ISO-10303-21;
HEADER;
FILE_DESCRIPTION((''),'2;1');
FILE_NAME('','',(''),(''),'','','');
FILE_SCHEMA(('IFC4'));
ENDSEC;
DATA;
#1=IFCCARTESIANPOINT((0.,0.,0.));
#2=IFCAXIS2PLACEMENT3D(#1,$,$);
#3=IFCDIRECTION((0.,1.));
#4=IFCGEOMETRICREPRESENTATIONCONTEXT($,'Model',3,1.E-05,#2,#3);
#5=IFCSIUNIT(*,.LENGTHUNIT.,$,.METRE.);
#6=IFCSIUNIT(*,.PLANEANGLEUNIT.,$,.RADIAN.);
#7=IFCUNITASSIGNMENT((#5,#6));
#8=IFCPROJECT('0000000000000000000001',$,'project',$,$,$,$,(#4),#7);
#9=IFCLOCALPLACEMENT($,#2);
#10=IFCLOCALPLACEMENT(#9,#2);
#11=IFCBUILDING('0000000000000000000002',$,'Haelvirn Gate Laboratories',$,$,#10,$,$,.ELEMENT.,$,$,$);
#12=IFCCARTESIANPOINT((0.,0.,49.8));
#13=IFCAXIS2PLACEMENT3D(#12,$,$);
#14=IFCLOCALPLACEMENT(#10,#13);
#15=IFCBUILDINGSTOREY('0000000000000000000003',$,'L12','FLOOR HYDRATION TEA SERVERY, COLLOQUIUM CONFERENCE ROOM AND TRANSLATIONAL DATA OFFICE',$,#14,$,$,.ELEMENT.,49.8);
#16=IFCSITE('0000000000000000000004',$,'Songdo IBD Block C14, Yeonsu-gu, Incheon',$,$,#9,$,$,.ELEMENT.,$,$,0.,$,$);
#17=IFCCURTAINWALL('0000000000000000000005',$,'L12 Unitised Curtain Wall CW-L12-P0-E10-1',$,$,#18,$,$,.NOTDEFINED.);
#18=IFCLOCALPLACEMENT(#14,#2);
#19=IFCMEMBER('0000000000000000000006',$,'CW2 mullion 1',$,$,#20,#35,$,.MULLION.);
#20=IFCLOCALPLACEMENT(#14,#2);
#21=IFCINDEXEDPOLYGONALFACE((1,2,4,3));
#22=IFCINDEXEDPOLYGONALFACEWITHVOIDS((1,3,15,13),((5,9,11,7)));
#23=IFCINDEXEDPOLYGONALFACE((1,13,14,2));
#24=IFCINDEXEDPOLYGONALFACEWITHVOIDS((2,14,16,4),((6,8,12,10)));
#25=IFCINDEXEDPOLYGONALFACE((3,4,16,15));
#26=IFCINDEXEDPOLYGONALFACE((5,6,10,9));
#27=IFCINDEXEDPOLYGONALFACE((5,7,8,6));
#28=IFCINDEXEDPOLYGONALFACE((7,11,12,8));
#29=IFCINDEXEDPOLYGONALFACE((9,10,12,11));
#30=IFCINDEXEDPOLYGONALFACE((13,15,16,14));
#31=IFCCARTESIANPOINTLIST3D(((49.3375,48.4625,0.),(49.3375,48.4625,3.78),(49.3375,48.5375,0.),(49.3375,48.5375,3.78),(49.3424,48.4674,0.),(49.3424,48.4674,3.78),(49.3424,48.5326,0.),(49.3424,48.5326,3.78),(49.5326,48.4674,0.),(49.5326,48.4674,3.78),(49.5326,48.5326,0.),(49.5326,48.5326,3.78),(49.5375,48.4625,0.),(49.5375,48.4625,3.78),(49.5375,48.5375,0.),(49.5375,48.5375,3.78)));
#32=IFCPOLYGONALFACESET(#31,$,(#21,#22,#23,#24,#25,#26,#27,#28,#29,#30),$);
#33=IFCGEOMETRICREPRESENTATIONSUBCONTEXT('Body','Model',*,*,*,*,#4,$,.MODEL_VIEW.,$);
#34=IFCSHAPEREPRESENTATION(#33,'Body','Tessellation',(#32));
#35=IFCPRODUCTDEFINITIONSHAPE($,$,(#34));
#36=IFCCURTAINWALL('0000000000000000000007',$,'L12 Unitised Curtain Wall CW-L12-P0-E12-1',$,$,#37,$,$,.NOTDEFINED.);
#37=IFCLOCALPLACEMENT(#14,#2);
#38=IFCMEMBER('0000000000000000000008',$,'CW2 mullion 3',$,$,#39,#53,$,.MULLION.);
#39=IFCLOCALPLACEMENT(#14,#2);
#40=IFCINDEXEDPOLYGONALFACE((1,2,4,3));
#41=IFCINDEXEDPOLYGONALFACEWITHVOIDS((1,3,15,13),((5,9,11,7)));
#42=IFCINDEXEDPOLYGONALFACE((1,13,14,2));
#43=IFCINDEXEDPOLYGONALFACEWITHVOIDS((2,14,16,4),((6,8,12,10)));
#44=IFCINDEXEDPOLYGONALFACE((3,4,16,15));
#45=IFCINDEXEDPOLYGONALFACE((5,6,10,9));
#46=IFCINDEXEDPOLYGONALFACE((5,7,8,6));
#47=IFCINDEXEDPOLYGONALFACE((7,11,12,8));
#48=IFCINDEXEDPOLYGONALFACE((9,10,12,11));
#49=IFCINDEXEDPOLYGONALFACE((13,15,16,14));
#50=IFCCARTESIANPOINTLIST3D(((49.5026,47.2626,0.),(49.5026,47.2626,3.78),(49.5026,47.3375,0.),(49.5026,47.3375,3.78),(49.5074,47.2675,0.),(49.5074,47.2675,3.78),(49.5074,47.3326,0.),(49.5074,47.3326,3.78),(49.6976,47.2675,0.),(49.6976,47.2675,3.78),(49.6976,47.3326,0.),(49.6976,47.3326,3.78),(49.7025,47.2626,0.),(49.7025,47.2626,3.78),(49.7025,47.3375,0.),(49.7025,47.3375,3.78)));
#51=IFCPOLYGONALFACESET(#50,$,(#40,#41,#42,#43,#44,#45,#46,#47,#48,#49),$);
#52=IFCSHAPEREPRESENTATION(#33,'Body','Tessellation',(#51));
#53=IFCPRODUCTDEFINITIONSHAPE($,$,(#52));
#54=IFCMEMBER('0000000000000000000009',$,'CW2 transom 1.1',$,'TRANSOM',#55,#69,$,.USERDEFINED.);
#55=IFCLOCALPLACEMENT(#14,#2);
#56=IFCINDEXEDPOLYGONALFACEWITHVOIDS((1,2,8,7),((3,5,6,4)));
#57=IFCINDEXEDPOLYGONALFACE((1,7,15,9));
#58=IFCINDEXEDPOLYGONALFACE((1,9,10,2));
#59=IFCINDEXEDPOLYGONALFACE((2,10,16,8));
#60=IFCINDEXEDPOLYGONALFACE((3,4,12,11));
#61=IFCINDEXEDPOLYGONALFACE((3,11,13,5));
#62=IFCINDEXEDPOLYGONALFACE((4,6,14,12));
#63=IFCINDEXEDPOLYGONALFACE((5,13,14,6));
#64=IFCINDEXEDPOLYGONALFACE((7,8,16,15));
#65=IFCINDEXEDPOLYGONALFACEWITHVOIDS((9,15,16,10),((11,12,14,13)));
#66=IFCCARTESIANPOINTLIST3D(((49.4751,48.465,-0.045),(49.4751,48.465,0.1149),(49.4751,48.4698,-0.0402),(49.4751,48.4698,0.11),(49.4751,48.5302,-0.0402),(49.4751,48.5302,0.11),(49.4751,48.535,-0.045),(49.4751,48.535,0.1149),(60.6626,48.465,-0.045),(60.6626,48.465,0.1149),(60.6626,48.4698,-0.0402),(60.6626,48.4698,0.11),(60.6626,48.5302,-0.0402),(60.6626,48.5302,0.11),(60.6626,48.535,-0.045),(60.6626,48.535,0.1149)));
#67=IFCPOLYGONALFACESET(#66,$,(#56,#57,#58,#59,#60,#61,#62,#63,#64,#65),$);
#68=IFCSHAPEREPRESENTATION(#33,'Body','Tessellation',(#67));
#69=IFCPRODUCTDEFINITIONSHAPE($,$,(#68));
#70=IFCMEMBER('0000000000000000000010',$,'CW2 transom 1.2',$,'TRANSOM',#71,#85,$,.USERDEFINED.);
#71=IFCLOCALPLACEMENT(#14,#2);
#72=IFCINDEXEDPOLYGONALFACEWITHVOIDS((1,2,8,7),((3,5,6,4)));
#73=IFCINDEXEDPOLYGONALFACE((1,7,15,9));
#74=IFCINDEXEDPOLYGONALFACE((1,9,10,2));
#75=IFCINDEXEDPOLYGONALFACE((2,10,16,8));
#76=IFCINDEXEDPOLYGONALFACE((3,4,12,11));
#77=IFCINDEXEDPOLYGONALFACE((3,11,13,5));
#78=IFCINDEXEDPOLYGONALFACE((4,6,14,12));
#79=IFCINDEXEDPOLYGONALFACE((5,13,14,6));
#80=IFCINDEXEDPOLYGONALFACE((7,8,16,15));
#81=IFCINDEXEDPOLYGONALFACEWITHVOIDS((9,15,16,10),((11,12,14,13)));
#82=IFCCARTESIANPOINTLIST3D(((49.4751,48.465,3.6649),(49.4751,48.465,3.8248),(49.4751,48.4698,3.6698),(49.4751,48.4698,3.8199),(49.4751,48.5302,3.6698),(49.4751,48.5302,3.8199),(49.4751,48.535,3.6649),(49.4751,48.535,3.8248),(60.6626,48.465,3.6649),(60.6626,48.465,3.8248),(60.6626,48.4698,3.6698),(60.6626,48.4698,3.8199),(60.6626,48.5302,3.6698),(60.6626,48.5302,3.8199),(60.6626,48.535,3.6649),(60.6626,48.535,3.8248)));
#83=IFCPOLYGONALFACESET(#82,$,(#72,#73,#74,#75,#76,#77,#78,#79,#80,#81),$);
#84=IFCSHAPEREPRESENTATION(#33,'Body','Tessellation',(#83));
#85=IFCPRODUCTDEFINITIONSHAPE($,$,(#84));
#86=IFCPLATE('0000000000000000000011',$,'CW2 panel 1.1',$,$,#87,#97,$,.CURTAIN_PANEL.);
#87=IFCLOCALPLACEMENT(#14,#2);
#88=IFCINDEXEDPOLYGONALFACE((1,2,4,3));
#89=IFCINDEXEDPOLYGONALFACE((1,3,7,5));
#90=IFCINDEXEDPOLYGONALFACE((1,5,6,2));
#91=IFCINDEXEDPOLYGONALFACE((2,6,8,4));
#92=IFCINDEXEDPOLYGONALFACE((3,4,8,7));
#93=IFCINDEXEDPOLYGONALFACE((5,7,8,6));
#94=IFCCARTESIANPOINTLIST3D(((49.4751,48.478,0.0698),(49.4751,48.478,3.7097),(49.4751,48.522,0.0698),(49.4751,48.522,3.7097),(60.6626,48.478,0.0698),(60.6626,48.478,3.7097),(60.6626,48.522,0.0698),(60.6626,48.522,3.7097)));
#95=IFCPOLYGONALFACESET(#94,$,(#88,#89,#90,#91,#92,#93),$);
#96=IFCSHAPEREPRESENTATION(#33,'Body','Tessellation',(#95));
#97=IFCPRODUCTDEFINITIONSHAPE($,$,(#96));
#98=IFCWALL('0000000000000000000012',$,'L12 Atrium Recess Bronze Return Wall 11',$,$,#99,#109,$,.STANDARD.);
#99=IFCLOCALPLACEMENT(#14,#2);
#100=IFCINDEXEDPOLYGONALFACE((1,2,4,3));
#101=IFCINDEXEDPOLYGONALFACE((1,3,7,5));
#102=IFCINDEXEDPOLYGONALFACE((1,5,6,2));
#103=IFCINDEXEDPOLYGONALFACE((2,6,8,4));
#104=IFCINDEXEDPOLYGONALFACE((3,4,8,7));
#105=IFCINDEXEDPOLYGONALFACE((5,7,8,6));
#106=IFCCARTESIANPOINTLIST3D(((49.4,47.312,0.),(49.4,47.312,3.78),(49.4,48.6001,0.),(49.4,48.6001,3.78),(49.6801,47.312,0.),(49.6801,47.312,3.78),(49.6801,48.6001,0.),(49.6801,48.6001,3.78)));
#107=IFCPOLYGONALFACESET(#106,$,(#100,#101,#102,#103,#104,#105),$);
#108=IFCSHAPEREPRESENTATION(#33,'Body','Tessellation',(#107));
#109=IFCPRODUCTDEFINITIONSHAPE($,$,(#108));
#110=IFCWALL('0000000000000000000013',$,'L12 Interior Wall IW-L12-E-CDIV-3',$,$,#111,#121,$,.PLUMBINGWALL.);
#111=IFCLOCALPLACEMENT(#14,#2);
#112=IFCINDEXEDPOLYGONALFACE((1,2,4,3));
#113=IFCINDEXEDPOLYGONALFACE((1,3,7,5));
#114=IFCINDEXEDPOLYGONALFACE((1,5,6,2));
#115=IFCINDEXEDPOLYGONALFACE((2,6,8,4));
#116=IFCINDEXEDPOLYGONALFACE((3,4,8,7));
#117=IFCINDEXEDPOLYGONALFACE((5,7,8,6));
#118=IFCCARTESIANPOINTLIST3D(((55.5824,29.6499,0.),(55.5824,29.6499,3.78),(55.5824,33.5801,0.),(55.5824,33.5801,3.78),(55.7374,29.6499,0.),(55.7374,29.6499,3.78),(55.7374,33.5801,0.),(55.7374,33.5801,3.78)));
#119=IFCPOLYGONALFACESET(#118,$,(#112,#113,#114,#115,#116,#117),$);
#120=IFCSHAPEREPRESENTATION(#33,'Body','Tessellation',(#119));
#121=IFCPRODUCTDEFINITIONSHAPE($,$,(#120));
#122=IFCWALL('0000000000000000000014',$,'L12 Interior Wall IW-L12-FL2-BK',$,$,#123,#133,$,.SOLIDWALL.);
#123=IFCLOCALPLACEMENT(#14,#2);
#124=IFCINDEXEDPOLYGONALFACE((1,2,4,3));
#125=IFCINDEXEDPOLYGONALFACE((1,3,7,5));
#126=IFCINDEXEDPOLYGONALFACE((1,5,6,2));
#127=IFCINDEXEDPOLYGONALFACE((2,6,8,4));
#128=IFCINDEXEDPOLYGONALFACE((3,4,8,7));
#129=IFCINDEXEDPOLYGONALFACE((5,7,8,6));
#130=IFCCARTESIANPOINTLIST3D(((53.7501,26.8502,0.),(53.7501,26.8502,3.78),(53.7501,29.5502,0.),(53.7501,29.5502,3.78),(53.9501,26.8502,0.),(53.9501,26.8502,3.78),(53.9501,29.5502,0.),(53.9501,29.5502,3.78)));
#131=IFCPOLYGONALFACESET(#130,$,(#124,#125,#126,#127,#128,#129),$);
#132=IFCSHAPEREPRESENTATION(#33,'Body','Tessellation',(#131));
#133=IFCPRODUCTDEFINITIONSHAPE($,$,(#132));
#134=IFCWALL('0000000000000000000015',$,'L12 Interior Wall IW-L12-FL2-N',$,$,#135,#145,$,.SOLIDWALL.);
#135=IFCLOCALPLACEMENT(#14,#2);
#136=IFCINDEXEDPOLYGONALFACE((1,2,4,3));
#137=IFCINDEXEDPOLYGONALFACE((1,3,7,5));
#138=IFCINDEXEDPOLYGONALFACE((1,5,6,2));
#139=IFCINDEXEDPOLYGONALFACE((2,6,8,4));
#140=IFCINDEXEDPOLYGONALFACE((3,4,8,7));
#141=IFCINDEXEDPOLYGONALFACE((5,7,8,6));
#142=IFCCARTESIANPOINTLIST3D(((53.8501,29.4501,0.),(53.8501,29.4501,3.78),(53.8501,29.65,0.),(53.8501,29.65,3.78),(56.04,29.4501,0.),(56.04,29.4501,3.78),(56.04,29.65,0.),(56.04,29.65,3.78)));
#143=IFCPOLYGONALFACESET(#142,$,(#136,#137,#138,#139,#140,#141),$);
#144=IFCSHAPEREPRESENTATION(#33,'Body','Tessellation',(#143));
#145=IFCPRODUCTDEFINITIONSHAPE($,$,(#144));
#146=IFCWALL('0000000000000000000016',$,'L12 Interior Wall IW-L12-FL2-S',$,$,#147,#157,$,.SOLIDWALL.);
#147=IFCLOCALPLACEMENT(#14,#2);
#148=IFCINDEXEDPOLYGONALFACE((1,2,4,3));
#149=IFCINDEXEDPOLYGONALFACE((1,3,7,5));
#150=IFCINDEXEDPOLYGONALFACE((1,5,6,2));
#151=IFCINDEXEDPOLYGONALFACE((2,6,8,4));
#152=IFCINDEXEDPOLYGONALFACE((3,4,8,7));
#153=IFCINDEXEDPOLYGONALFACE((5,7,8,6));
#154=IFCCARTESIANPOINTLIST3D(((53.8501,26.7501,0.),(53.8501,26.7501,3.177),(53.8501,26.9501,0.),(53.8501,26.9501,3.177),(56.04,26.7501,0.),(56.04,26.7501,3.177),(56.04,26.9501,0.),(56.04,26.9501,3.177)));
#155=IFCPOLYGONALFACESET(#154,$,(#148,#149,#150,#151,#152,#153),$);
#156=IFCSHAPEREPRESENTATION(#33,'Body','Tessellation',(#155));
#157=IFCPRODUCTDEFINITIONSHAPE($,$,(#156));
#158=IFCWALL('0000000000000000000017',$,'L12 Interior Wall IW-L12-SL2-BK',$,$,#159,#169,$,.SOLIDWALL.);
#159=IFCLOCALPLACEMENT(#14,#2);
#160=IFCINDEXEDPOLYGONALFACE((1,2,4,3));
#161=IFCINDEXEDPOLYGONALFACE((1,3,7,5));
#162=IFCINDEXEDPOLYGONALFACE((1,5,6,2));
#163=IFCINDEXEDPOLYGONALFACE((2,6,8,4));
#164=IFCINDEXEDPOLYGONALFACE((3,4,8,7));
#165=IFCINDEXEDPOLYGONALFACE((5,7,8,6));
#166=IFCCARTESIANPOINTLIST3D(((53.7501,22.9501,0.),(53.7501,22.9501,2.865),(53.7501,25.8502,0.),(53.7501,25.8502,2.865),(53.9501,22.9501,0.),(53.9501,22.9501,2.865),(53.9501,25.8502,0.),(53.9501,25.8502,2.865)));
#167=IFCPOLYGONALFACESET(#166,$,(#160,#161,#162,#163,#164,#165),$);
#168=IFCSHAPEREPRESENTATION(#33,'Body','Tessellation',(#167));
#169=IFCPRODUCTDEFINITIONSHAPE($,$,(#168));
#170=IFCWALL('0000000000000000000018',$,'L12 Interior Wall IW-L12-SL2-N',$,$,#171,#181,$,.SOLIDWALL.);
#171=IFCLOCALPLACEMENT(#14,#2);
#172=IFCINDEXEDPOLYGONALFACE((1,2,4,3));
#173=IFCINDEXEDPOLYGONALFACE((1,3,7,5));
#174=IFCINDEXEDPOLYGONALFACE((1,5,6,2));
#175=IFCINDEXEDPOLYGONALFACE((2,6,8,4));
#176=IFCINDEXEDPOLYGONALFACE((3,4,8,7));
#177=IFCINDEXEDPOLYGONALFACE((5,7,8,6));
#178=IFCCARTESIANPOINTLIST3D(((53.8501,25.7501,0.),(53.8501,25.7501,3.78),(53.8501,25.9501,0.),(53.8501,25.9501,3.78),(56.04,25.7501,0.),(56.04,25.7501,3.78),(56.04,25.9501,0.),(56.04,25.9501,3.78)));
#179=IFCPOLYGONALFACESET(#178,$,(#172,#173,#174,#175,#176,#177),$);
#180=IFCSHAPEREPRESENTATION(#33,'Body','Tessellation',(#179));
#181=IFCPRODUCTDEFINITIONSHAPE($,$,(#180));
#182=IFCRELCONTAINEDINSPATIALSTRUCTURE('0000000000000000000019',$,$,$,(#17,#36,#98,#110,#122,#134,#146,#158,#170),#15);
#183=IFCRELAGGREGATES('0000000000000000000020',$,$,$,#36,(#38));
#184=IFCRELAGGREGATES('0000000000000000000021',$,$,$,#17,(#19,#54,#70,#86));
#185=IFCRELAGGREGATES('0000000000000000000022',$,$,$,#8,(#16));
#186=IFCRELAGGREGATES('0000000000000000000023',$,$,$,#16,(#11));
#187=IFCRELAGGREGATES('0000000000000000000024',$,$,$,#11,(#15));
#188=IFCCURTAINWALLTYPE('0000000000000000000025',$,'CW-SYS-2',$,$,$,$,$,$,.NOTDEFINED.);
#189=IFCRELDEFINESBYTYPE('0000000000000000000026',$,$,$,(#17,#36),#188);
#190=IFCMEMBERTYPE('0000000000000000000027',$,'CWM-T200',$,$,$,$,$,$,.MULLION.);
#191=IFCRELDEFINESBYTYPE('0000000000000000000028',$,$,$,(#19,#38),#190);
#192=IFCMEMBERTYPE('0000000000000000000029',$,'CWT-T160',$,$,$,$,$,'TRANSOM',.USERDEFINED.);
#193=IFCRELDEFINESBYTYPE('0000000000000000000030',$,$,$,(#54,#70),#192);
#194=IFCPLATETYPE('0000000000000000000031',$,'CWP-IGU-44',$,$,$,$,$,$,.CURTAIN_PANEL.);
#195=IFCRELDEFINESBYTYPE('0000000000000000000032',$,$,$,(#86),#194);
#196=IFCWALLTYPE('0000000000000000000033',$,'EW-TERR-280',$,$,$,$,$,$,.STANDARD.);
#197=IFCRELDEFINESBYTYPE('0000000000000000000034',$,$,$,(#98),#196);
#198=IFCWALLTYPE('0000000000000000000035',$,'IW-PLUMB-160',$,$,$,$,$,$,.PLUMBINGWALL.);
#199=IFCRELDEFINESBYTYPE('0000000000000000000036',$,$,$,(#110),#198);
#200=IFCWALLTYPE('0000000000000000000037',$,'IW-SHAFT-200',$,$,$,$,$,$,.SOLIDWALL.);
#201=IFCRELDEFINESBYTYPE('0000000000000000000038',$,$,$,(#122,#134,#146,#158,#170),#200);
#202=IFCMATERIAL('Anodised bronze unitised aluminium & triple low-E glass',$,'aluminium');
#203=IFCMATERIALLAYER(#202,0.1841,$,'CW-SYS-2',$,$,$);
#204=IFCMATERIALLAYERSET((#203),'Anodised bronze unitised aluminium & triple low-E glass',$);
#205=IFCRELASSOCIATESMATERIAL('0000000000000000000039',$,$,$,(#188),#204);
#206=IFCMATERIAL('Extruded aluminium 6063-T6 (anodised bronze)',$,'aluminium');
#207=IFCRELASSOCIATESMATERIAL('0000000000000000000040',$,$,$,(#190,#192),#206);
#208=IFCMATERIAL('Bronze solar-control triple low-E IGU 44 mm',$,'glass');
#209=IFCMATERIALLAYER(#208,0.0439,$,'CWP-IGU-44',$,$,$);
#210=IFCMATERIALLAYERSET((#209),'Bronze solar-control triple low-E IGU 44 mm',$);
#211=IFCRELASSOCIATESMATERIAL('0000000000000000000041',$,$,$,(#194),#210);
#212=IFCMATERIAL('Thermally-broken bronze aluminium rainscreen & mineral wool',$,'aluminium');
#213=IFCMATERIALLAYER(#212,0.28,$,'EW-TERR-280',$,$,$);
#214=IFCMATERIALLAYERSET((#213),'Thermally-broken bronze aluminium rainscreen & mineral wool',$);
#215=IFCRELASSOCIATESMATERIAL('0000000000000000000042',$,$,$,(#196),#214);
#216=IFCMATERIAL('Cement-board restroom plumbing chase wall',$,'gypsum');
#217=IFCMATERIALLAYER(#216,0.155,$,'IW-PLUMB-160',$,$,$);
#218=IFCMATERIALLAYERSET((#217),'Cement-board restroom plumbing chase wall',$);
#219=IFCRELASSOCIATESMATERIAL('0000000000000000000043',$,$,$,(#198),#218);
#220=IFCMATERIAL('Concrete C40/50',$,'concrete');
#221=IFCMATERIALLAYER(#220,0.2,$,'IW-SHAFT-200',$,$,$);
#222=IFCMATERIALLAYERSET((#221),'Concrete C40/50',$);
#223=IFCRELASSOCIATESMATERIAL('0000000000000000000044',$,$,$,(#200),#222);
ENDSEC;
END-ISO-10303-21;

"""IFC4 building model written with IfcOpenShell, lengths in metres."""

from ifc_helpers import new_model, si_unit, direction, frame, frame_2d, origin, origin_2d, place, context, subcontext, project, spatial, rectangle, hollow_rectangle, extrude, source, transform, mapped, material, layer, layer_set, material_profile, profile_set, type_object, type_shapes, element, aggregate, save


model = new_model("IFC4")

# Units and contexts
model_context = context("Model", 3, precision=1e-05, world=origin(), true_north=direction((0.0, 1.0)))
body_context = subcontext(model_context, "Body", "Model", "MODEL_VIEW")
ifc_project = project(units=[si_unit("LENGTHUNIT", "METRE"), si_unit("PLANEANGLEUNIT", "RADIAN")], contexts=[model_context])

# Site, building, storey
site_placement = place(None, origin())
site = spatial("IfcSite", under=ifc_project, at=site_placement, Name="Songdo IBD Block C14, Yeonsu-gu, Incheon", CompositionType="ELEMENT", RefElevation=0.0)
building_placement = place(site_placement, origin())
building = spatial("IfcBuilding", under=site, at=building_placement, Name="Haelvirn Gate Laboratories", CompositionType="ELEMENT")
storey_placement = place(building_placement, frame((0.0, 0.0, 49.8)))
storey = spatial("IfcBuildingStorey", under=building, at=storey_placement, Name="L12", Description="FLOOR HYDRATION TEA SERVERY, COLLOQUIUM CONFERENCE ROOM AND TRANSLATIONAL DATA OFFICE", CompositionType="ELEMENT", Elevation=49.8)

# Curtain walls, members
ifc_material_1 = material(Name="Anodised bronze unitised aluminium & triple low-E glass", Category="aluminium")
ifc_layer_1 = layer(ifc_material_1, 0.1841, Name="CW-SYS-2")
ifc_layer_set_1 = layer_set([ifc_layer_1], Name="Anodised bronze unitised aluminium & triple low-E glass")
curtain_wall_type = type_object("IfcCurtainWallType", Name="CW-SYS-2", PredefinedType="NOTDEFINED", material=ifc_layer_set_1)
curtain_wall_1_placement = place(storey_placement, origin())
curtain_wall_1 = element("IfcCurtainWall", 1, at=curtain_wall_1_placement, inside=storey, type_object=curtain_wall_type, Name="L12 Unitised Curtain Wall CW-L12-P0-E10-1", PredefinedType="NOTDEFINED")
ifc_material_2 = material(Name="Extruded aluminium 6063-T6 (anodised bronze)", Category="aluminium")
ifc_material_profile_1 = material_profile(ifc_material_2, hollow_rectangle(XDim=0.075, YDim=0.2, WallThickness=0.0049, at=origin_2d()), Name="CWM-200x75x5")
ifc_profile_set_1 = profile_set([ifc_material_profile_1], Name="Extruded aluminium 6063-T6 (anodised bronze)")
member_type_1 = type_object("IfcMemberType", Name="CWM-T200", PredefinedType="MULLION", material=ifc_profile_set_1)
shared_shape_1 = source(origin(), body_context, "Body", "SweptSolid", [
    extrude(hollow_rectangle(XDim=0.075, YDim=0.2, WallThickness=0.0049, at=origin_2d()), origin(), (0.0, 0.0, 1.0), 3.78),
])
type_shapes(member_type_1, [shared_shape_1])
member_1_placement = place(storey_placement, frame((49.4375, 48.5, 0.0), z_axis=(0.0, 0.0, 1.0), x_axis=(0.0, 1.0, 0.0)))
member_1 = element("IfcMember", 2, at=member_1_placement, type_object=member_type_1, Name="CW2 mullion 1", PredefinedType="MULLION", context=body_context, shape_type="MappedRepresentation", body=[
    mapped(shared_shape_1, transform((0.0, 0.0, 0.0), scale=1.0)),
])
curtain_wall_2_placement = place(storey_placement, origin())
curtain_wall_2 = element("IfcCurtainWall", 3, at=curtain_wall_2_placement, inside=storey, type_object=curtain_wall_type, Name="L12 Unitised Curtain Wall CW-L12-P0-E12-1", PredefinedType="NOTDEFINED")
member_2_placement = place(storey_placement, frame((49.6025, 47.3, 0.0), z_axis=(0.0, 0.0, 1.0), x_axis=(0.0, 1.0, 0.0)))
member_2 = element("IfcMember", 4, at=member_2_placement, type_object=member_type_1, Name="CW2 mullion 3", PredefinedType="MULLION", context=body_context, shape_type="MappedRepresentation", body=[
    mapped(shared_shape_1, transform((0.0, 0.0, 0.0), scale=1.0)),
])
aggregate(curtain_wall_2, [member_2])

# Members
ifc_material_profile_2 = material_profile(ifc_material_2, hollow_rectangle(XDim=0.0701, YDim=0.1599, WallThickness=0.0049, at=origin_2d()), Name="CWT-160x70x5")
ifc_profile_set_2 = profile_set([ifc_material_profile_2], Name="Extruded aluminium 6063-T6 (anodised bronze)")
member_type_2 = type_object("IfcMemberType", Name="CWT-T160", ElementType="TRANSOM", PredefinedType="USERDEFINED", material=ifc_profile_set_2)
shared_shape_2 = source(origin(), body_context, "Body", "SweptSolid", [
    extrude(hollow_rectangle(XDim=0.0701, YDim=0.1599, WallThickness=0.0049, at=origin_2d()), origin(), (0.0, 0.0, 1.0), 11.1875),
])
type_shapes(member_type_2, [shared_shape_2])
member_3_placement = place(storey_placement, frame((49.4751, 48.5, 0.0349), z_axis=(1.0, 0.0, 0.0), x_axis=(0.0, 1.0, 0.0)))
member_3 = element("IfcMember", 5, at=member_3_placement, type_object=member_type_2, Name="CW2 transom 1.1", ObjectType="TRANSOM", PredefinedType="USERDEFINED", context=body_context, shape_type="MappedRepresentation", body=[
    mapped(shared_shape_2, transform((0.0, 0.0, 0.0), scale=1.0)),
])
member_4_placement = place(storey_placement, frame((49.4751, 48.5, 3.7449), z_axis=(1.0, 0.0, 0.0), x_axis=(0.0, 1.0, 0.0)))
member_4 = element("IfcMember", 6, at=member_4_placement, type_object=member_type_2, Name="CW2 transom 1.2", ObjectType="TRANSOM", PredefinedType="USERDEFINED", context=body_context, shape_type="MappedRepresentation", body=[
    mapped(shared_shape_2, transform((0.0, 0.0, 0.0), scale=1.0)),
])

# Plate
ifc_material_3 = material(Name="Bronze solar-control triple low-E IGU 44 mm", Category="glass")
ifc_layer_2 = layer(ifc_material_3, 0.0439, Name="CWP-IGU-44")
ifc_layer_set_2 = layer_set([ifc_layer_2], Name="Bronze solar-control triple low-E IGU 44 mm")
plate_type = type_object("IfcPlateType", Name="CWP-IGU-44", PredefinedType="CURTAIN_PANEL", material=ifc_layer_set_2)
shared_shape_3 = source(origin(), body_context, "Body", "SweptSolid", [
    extrude(rectangle(XDim=11.1875, YDim=0.0439, at=origin_2d()), origin(), (0.0, 0.0, 1.0), 3.6399),
])
type_shapes(plate_type, [shared_shape_3])
plate_placement = place(storey_placement, frame((55.0688, 48.5, 0.0698), z_axis=(0.0, 0.0, 1.0), x_axis=(1.0, 0.0, 0.0)))
plate = element("IfcPlate", 7, at=plate_placement, type_object=plate_type, Name="CW2 panel 1.1", PredefinedType="CURTAIN_PANEL", context=body_context, shape_type="MappedRepresentation", body=[
    mapped(shared_shape_3, transform((0.0, 0.0, 0.0), scale=1.0)),
])
aggregate(curtain_wall_1, [member_1, member_3, member_4, plate])

# Walls
ifc_material_4 = material(Name="Thermally-broken bronze aluminium rainscreen & mineral wool", Category="aluminium")
ifc_layer_3 = layer(ifc_material_4, 0.28, Name="EW-TERR-280")
ifc_layer_set_3 = layer_set([ifc_layer_3], Name="Thermally-broken bronze aluminium rainscreen & mineral wool")
wall_type_1 = type_object("IfcWallType", Name="EW-TERR-280", PredefinedType="STANDARD", material=ifc_layer_set_3)
wall_1_placement = place(storey_placement, frame((49.54, 48.6001, 0.0), z_axis=(0.0, 0.0, 1.0), x_axis=(0.0, -1.0, 0.0)))
element("IfcWall", 8, at=wall_1_placement, inside=storey, type_object=wall_type_1, Name="L12 Atrium Recess Bronze Return Wall 11", PredefinedType="STANDARD", context=body_context, shape_type="SweptSolid", body=[
    extrude(rectangle(XDim=1.2881, YDim=0.28, at=frame_2d((0.644, 0.0))), origin(), (0.0, 0.0, 1.0), 3.78),
])
ifc_material_5 = material(Name="Cement-board restroom plumbing chase wall", Category="gypsum")
ifc_layer_4 = layer(ifc_material_5, 0.155, Name="IW-PLUMB-160")
ifc_layer_set_4 = layer_set([ifc_layer_4], Name="Cement-board restroom plumbing chase wall")
wall_type_2 = type_object("IfcWallType", Name="IW-PLUMB-160", PredefinedType="PLUMBINGWALL", material=ifc_layer_set_4)
wall_2_placement = place(storey_placement, frame((55.6599, 29.6499, 0.0), z_axis=(0.0, 0.0, 1.0), x_axis=(0.0, 1.0, 0.0)))
element("IfcWall", 9, at=wall_2_placement, inside=storey, type_object=wall_type_2, Name="L12 Interior Wall IW-L12-E-CDIV-3", PredefinedType="PLUMBINGWALL", context=body_context, shape_type="SweptSolid", body=[
    extrude(rectangle(XDim=3.9302, YDim=0.155, at=frame_2d((1.9651, 0.0))), origin(), (0.0, 0.0, 1.0), 3.78),
])
ifc_material_6 = material(Name="Concrete C40/50", Category="concrete")
ifc_layer_5 = layer(ifc_material_6, 0.2, Name="IW-SHAFT-200")
ifc_layer_set_5 = layer_set([ifc_layer_5], Name="Concrete C40/50")
wall_type_3 = type_object("IfcWallType", Name="IW-SHAFT-200", PredefinedType="SOLIDWALL", material=ifc_layer_set_5)
wall_3_placement = place(storey_placement, frame((53.8501, 26.8501, 0.0), z_axis=(0.0, 0.0, 1.0), x_axis=(0.0, 1.0, 0.0)))
element("IfcWall", 10, at=wall_3_placement, inside=storey, type_object=wall_type_3, Name="L12 Interior Wall IW-L12-FL2-BK", PredefinedType="SOLIDWALL", context=body_context, shape_type="SweptSolid", body=[
    extrude(rectangle(XDim=2.7, YDim=0.2, at=frame_2d((1.3501, 0.0))), origin(), (0.0, 0.0, 1.0), 3.78),
])
wall_4_placement = place(storey_placement, frame((53.8501, 29.55, 0.0), z_axis=(0.0, 0.0, 1.0), x_axis=(1.0, 0.0, 0.0)))
element("IfcWall", 11, at=wall_4_placement, inside=storey, type_object=wall_type_3, Name="L12 Interior Wall IW-L12-FL2-N", PredefinedType="SOLIDWALL", context=body_context, shape_type="SweptSolid", body=[
    extrude(rectangle(XDim=2.1899, YDim=0.2, at=frame_2d((1.095, 0.0))), origin(), (0.0, 0.0, 1.0), 3.78),
])
wall_5_placement = place(storey_placement, frame((53.8501, 26.8501, 0.0), z_axis=(0.0, 0.0, 1.0), x_axis=(1.0, 0.0, 0.0)))
element("IfcWall", 12, at=wall_5_placement, inside=storey, type_object=wall_type_3, Name="L12 Interior Wall IW-L12-FL2-S", PredefinedType="SOLIDWALL", context=body_context, shape_type="SweptSolid", body=[
    extrude(rectangle(XDim=2.1899, YDim=0.2, at=frame_2d((1.095, 0.0))), origin(), (0.0, 0.0, 1.0), 3.177),
])
wall_6_placement = place(storey_placement, frame((53.8501, 22.95, 0.0), z_axis=(0.0, 0.0, 1.0), x_axis=(0.0, 1.0, 0.0)))
element("IfcWall", 13, at=wall_6_placement, inside=storey, type_object=wall_type_3, Name="L12 Interior Wall IW-L12-SL2-BK", PredefinedType="SOLIDWALL", context=body_context, shape_type="SweptSolid", body=[
    extrude(rectangle(XDim=2.9001, YDim=0.2, at=frame_2d((1.4502, 0.0))), origin(), (0.0, 0.0, 1.0), 2.865),
])
for number, where, z_axis, x_axis, name in (
    (14, (53.8501, 25.8501, 0.0), (0.0, 0.0, 1.0), (1.0, 0.0, 0.0), "L12 Interior Wall IW-L12-SL2-N"),
):
    element("IfcWall", number, at=place(storey_placement, frame(where, z_axis=z_axis, x_axis=x_axis)), inside=storey, type_object=wall_type_3, Name=name, PredefinedType="SOLIDWALL", context=body_context, shape_type="SweptSolid", body=[
        extrude(rectangle(XDim=2.1899, YDim=0.2, at=frame_2d((1.095, 0.0))), origin(), (0.0, 0.0, 1.0), 3.78),
    ])

save(model, "model.ifc")
